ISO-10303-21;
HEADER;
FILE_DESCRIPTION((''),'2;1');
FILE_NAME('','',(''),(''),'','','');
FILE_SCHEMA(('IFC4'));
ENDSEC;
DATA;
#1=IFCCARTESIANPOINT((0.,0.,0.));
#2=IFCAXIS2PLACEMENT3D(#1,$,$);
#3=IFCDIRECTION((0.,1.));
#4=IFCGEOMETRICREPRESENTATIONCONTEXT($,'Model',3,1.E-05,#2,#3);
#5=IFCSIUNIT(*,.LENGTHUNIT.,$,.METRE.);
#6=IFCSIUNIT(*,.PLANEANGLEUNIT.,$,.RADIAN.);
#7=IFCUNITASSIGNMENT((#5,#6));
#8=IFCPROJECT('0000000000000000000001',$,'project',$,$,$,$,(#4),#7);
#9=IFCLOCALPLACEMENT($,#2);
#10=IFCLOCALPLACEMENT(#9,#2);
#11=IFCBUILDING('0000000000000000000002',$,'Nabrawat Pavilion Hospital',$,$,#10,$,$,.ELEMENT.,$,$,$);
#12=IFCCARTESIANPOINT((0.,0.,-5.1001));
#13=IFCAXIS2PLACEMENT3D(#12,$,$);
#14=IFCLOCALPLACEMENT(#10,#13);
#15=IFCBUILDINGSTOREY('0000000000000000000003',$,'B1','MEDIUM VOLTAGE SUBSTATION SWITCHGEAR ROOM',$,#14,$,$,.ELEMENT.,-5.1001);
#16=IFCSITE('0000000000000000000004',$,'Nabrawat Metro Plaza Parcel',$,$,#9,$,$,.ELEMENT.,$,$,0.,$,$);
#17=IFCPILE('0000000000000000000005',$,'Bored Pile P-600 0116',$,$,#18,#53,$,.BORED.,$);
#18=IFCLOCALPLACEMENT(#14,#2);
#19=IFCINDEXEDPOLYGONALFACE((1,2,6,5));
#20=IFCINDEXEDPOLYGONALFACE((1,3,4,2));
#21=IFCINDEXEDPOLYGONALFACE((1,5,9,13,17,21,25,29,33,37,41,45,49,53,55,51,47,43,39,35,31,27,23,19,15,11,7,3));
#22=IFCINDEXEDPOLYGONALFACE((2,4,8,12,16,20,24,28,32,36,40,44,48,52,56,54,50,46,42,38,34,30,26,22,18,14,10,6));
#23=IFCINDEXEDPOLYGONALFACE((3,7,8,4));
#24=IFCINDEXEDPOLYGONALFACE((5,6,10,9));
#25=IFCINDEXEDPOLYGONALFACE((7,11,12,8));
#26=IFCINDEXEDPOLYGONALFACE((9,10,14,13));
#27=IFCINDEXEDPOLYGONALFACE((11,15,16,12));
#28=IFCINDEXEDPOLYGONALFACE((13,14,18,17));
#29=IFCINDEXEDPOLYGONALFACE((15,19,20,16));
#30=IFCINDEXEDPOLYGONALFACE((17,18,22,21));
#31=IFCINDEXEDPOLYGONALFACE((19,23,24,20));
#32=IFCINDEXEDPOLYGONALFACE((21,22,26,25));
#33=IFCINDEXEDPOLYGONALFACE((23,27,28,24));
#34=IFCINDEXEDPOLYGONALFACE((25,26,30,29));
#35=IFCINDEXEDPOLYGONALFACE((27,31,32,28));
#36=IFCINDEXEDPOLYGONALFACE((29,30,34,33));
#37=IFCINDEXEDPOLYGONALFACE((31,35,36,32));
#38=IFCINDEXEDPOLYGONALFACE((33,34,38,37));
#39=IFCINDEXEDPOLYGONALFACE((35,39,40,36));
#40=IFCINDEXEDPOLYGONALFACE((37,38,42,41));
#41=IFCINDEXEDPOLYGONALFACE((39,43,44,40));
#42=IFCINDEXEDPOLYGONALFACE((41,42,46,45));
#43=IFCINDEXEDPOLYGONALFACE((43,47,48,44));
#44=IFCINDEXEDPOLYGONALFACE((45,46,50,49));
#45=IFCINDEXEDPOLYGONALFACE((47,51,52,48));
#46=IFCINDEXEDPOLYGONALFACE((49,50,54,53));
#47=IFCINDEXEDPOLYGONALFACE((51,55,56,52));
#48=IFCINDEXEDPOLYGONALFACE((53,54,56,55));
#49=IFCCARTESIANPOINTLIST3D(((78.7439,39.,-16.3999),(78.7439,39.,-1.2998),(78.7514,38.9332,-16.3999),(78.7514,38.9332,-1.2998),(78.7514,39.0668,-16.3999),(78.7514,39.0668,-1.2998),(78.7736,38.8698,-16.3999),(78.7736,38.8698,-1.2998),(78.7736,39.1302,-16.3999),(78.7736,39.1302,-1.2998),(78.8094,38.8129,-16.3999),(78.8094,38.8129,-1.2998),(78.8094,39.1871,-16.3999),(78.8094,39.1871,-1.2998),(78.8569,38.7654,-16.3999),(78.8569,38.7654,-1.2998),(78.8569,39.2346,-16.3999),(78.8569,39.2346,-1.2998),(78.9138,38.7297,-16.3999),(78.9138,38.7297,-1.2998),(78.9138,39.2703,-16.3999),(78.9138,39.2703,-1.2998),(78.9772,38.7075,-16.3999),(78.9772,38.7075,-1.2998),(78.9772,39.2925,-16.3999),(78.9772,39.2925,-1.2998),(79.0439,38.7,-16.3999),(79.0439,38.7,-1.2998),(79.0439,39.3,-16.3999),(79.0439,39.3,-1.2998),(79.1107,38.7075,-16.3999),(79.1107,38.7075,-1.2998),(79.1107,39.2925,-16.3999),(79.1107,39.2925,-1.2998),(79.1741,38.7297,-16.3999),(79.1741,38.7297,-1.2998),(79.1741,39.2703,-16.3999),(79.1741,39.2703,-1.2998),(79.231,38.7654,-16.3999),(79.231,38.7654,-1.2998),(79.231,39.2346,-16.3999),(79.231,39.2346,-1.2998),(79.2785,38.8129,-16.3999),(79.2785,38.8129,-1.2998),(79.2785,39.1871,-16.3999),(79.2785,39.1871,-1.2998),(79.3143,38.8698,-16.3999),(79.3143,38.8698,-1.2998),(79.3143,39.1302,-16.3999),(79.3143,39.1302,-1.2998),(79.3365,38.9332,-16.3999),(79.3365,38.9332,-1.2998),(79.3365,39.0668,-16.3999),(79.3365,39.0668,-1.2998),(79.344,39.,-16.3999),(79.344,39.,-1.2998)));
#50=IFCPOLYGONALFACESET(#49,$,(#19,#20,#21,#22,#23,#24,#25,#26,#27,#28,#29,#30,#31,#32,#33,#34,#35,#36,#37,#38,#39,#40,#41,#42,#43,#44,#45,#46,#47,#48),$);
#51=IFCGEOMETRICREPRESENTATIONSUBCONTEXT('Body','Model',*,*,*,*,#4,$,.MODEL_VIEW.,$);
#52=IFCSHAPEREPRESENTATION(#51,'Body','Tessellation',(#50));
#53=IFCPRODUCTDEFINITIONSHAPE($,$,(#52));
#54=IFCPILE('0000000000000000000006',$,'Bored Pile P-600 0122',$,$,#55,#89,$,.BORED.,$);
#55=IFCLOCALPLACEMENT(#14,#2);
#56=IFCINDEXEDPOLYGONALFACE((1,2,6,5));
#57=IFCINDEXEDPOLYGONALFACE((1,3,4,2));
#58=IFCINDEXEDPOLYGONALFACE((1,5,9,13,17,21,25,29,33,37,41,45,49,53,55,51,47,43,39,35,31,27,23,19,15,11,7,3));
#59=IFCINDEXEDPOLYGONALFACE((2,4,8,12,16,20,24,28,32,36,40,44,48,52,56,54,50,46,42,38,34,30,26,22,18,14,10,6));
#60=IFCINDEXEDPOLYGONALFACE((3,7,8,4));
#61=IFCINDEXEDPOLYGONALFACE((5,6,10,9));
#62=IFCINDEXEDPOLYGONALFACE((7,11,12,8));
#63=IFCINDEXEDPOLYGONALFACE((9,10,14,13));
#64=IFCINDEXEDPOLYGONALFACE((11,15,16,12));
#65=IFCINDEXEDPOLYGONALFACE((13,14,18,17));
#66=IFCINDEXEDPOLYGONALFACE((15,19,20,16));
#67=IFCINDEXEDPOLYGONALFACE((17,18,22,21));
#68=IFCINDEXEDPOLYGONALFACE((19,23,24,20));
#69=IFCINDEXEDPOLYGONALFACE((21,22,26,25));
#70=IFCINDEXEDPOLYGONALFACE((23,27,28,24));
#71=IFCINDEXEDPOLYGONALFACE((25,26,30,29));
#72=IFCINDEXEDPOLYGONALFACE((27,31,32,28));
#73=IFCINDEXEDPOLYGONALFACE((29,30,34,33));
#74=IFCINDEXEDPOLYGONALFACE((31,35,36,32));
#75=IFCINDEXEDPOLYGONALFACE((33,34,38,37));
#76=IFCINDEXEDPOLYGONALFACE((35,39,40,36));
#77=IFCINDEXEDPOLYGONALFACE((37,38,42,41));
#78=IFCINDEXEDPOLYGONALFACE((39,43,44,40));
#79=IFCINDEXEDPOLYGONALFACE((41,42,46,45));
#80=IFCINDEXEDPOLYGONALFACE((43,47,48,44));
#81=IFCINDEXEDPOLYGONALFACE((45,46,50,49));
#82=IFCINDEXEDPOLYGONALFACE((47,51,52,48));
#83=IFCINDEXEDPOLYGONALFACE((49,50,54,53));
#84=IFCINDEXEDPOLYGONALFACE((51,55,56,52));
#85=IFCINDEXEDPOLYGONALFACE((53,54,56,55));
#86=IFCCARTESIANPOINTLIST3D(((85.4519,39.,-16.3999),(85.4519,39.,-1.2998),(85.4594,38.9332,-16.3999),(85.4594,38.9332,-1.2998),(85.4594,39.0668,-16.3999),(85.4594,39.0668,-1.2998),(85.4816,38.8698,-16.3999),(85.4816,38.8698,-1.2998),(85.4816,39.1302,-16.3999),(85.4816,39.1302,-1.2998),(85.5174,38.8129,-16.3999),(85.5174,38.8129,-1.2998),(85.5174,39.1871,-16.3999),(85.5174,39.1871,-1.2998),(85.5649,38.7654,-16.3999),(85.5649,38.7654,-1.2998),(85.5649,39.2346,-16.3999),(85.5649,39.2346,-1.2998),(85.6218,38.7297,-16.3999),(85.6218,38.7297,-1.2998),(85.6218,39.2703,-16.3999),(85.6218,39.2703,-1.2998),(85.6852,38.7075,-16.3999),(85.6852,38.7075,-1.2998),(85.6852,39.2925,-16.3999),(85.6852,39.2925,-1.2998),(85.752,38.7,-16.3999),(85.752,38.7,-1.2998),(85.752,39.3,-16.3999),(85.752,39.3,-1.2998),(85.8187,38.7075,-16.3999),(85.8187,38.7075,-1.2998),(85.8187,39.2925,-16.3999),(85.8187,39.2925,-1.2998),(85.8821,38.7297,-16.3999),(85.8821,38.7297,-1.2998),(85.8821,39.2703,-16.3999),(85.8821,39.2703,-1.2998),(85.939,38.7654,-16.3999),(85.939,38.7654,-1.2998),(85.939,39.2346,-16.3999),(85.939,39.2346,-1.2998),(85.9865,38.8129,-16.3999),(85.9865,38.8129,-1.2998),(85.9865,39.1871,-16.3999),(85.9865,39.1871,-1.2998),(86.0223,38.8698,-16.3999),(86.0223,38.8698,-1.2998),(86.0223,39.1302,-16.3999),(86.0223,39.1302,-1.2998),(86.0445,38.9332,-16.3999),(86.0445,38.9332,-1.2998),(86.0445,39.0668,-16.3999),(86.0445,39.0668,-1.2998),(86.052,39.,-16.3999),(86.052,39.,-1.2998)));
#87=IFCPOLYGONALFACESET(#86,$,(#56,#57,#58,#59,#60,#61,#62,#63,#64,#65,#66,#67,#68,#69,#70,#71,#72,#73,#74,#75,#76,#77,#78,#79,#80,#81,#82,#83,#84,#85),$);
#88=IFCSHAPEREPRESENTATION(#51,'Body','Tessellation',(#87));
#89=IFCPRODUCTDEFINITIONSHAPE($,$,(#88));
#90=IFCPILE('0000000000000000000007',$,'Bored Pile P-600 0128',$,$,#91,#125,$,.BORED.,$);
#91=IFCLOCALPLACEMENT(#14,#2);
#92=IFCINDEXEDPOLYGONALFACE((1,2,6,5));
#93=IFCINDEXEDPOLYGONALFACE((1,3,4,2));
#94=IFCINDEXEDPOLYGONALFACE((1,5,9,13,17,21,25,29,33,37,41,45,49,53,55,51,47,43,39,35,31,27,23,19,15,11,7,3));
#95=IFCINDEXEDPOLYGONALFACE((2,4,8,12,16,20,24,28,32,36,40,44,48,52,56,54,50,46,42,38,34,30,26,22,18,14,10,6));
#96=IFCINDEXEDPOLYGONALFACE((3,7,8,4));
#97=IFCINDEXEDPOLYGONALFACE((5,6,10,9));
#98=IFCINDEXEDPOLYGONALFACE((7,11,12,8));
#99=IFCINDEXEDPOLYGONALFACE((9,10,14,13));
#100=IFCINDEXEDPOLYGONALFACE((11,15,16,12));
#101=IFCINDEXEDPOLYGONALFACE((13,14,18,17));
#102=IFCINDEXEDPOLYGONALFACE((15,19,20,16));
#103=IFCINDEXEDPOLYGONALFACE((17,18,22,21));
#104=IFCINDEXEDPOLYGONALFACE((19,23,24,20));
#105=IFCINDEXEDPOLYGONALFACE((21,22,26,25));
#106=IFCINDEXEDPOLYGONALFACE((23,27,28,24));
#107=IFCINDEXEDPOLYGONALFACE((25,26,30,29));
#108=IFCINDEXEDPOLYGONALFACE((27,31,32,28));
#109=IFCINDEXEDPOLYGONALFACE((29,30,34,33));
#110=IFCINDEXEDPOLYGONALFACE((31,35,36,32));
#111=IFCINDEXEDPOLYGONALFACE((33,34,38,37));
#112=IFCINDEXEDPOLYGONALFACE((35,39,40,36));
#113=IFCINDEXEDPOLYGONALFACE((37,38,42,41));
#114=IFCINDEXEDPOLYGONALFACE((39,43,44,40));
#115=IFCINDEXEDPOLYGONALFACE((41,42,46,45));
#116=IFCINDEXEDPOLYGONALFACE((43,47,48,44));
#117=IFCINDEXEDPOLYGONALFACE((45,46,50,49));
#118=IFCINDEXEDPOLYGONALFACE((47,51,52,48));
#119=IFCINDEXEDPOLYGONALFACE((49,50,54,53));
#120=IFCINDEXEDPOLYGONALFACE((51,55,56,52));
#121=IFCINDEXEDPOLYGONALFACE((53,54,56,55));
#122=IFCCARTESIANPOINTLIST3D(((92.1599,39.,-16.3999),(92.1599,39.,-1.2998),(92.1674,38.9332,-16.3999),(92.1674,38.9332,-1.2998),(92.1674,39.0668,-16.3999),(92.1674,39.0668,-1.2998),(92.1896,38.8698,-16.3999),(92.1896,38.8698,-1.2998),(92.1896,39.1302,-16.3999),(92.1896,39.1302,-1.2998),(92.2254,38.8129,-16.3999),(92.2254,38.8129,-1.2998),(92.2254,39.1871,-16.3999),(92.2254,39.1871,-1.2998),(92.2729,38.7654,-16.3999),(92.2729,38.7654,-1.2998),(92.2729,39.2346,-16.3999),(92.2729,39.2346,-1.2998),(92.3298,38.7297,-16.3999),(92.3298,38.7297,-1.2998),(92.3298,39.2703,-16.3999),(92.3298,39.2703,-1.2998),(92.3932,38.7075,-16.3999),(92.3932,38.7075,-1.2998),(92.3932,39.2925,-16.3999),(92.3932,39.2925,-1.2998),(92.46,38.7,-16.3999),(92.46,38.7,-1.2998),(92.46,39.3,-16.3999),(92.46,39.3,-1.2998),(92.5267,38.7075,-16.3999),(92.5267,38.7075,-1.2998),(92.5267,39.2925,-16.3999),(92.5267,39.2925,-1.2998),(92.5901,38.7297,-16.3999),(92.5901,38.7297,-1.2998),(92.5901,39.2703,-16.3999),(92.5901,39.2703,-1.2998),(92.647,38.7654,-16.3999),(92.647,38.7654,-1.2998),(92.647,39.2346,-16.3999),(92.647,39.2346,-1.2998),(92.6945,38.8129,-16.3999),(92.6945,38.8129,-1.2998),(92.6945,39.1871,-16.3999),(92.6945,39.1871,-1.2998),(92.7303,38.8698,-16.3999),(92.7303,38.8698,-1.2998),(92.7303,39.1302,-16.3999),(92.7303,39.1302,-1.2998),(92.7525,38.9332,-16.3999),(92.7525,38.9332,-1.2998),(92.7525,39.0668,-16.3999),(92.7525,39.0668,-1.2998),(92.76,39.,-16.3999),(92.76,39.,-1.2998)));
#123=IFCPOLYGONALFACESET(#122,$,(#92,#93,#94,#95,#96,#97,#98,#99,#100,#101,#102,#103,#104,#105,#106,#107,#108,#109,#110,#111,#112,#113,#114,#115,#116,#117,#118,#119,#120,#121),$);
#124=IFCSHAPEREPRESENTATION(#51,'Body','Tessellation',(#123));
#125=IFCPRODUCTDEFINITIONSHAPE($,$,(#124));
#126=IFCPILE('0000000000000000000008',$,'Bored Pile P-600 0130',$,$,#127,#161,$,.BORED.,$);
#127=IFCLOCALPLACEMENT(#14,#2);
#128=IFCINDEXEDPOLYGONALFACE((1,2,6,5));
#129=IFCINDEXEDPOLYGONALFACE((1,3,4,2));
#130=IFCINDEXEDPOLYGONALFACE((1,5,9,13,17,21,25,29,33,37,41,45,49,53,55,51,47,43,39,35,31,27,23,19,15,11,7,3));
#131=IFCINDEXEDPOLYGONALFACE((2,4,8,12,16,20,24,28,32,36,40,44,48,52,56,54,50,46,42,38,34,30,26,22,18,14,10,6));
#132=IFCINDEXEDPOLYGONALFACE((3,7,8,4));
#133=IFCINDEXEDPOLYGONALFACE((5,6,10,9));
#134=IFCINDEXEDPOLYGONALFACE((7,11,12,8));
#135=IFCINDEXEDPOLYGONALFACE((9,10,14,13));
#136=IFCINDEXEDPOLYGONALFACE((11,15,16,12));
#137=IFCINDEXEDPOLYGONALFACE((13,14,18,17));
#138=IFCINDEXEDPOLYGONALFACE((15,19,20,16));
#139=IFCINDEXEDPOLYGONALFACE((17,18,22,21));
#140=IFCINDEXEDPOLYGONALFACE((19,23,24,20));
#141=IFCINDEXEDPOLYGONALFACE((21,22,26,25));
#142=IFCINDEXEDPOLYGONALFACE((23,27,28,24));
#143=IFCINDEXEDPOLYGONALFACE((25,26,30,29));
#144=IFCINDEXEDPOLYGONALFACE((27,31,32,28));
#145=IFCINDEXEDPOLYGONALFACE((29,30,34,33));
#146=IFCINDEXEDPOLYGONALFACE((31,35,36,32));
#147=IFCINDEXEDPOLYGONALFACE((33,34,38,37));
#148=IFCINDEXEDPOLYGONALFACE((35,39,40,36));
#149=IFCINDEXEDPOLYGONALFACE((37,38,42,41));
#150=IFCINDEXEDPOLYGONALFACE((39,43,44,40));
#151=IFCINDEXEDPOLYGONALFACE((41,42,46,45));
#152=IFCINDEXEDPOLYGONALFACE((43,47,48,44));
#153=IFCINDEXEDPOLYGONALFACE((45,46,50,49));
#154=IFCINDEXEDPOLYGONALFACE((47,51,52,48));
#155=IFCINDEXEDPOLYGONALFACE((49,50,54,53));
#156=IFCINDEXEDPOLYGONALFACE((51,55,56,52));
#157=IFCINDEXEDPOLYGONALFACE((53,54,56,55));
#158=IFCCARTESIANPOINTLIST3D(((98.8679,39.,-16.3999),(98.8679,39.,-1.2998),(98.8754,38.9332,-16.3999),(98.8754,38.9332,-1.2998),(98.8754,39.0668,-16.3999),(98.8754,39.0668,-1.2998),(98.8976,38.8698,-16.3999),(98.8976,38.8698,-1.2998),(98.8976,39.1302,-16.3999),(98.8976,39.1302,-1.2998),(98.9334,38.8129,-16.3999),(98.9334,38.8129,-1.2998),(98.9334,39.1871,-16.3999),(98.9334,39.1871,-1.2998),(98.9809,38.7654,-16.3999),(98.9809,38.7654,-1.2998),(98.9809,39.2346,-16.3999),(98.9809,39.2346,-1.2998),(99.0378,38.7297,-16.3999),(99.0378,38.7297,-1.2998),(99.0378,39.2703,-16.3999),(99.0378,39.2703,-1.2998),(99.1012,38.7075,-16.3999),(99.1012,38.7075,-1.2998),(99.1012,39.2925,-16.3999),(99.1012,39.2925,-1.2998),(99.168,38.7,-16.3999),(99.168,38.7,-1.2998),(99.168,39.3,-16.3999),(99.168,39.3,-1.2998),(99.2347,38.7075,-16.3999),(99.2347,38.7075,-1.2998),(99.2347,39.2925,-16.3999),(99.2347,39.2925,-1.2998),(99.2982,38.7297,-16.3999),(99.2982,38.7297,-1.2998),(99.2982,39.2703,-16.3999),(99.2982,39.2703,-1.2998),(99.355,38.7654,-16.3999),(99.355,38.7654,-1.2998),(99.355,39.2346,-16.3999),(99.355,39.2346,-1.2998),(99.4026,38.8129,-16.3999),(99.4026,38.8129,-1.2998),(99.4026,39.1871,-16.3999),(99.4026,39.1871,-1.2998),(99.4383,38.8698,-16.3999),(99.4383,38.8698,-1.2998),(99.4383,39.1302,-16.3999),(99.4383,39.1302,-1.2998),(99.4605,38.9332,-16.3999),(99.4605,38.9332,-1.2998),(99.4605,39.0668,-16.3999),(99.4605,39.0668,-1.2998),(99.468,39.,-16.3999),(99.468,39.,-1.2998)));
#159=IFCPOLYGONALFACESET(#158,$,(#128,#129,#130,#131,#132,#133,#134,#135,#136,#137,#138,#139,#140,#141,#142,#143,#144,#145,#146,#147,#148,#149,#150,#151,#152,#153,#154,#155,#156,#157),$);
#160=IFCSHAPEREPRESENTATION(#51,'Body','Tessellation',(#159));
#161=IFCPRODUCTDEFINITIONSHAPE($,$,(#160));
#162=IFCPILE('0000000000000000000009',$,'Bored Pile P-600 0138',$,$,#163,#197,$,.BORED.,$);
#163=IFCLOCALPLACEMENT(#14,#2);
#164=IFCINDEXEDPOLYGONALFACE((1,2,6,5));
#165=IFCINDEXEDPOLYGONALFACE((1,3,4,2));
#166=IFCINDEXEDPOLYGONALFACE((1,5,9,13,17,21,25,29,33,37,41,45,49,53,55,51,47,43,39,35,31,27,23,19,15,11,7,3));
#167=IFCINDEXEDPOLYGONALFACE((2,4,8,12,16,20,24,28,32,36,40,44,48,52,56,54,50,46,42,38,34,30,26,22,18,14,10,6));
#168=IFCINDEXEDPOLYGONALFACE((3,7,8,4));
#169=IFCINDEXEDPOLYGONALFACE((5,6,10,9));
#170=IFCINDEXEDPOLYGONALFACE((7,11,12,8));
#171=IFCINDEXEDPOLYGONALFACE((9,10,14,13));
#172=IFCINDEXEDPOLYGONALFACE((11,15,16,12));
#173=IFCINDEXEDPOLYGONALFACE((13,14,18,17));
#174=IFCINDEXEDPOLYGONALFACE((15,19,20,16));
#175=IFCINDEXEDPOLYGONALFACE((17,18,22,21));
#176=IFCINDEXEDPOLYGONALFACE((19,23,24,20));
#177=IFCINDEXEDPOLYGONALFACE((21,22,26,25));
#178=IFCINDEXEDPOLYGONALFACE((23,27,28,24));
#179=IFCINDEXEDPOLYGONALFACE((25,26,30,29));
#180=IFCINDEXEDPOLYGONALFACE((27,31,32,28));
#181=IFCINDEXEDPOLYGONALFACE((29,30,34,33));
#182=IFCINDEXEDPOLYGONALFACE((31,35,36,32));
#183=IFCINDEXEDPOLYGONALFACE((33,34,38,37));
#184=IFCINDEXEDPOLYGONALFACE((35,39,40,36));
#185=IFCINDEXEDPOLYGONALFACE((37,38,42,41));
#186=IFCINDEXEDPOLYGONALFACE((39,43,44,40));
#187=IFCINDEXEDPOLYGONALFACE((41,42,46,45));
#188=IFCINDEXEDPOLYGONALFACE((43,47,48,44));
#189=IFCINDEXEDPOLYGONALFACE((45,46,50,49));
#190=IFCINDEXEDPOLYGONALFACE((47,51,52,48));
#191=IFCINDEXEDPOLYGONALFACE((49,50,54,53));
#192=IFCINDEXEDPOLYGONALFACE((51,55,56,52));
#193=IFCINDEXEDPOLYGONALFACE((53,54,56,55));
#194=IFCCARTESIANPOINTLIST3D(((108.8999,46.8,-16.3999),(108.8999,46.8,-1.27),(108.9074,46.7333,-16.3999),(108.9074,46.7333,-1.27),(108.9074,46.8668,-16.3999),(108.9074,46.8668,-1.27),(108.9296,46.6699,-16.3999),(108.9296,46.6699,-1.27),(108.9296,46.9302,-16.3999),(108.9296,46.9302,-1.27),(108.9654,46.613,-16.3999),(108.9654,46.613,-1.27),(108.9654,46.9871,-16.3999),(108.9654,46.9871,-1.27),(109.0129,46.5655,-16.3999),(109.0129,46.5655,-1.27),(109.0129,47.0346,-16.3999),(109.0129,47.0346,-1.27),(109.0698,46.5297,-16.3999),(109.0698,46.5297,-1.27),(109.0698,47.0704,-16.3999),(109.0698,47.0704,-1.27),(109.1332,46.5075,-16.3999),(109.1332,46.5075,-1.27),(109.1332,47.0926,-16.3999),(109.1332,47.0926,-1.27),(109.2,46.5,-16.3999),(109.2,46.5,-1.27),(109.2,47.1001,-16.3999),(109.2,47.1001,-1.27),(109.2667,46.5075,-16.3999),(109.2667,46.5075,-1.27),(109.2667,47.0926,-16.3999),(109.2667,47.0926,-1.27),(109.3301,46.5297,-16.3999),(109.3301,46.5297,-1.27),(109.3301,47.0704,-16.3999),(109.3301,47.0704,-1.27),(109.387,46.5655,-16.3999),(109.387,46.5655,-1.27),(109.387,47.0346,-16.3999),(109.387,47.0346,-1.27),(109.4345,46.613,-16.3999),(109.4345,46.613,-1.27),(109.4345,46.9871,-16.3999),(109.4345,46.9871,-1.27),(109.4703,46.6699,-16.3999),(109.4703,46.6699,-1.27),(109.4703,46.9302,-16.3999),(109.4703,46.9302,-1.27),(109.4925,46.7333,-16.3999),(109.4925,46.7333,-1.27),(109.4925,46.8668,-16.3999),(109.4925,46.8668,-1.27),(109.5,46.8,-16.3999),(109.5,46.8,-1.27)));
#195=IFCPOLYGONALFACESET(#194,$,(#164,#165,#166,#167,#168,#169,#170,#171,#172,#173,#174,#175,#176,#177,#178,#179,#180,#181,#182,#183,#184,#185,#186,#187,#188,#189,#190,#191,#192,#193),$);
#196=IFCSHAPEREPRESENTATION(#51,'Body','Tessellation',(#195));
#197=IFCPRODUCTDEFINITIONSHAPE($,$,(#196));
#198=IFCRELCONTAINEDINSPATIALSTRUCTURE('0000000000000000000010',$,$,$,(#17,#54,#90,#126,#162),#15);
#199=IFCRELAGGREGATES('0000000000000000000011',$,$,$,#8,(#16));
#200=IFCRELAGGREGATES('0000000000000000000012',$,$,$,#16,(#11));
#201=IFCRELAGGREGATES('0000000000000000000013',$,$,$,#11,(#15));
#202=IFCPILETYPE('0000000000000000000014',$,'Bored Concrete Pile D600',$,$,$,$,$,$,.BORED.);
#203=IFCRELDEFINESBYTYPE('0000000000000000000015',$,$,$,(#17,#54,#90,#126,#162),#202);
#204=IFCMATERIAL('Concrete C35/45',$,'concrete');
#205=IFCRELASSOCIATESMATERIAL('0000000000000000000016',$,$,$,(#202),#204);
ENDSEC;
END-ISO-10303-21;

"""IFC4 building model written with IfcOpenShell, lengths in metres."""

from ifc_helpers import new_model, si_unit, direction, frame, origin, origin_2d, place, context, subcontext, project, spatial, circle, extrude, material, material_profile, profile_set, type_object, element, save


model = new_model("IFC4")

# Units and contexts
model_context = context("Model", 3, precision=1e-05, world=origin(), true_north=direction((0.0, 1.0)))
body_context = subcontext(model_context, "Body", "Model", "MODEL_VIEW")
ifc_project = project(units=[si_unit("LENGTHUNIT", "METRE"), si_unit("PLANEANGLEUNIT", "RADIAN")], contexts=[model_context])

# Site, building, storey
site_placement = place(None, origin())
site = spatial("IfcSite", under=ifc_project, at=site_placement, Name="Nabrawat Metro Plaza Parcel", CompositionType="ELEMENT", RefElevation=0.0)
building_placement = place(site_placement, origin())
building = spatial("IfcBuilding", under=site, at=building_placement, Name="Nabrawat Pavilion Hospital", CompositionType="ELEMENT")
storey_placement = place(building_placement, frame((0.0, 0.0, -5.1001)))
storey = spatial("IfcBuildingStorey", under=building, at=storey_placement, Name="B1", Description="MEDIUM VOLTAGE SUBSTATION SWITCHGEAR ROOM", CompositionType="ELEMENT", Elevation=-5.1001)

# Piles
ifc_material_1 = material(Name="Concrete C35/45", Category="concrete")
ifc_material_profile_1 = material_profile(ifc_material_1, circle(Radius=0.3, at=origin_2d()), Name="DIA 600")
ifc_profile_set_1 = profile_set([ifc_material_profile_1], Name="Concrete C35/45")
pile_type_1 = type_object("IfcPileType", Name="Bored Concrete Pile D600", PredefinedType="BORED", material=ifc_profile_set_1)
for number, where, z_axis, x_axis, name in (
    (1, (79.0439, 39.0, -1.2998), (0.0, 0.0, -1.0), (1.0, 0.0, 0.0), "Bored Pile P-600 0116"),
    (2, (85.752, 39.0, -1.2998), (0.0, 0.0, -1.0), (1.0, 0.0, 0.0), "Bored Pile P-600 0122"),
    (3, (92.46, 39.0, -1.2998), (0.0, 0.0, -1.0), (1.0, 0.0, 0.0), "Bored Pile P-600 0128"),
    (4, (99.168, 39.0, -1.2998), (0.0, 0.0, -1.0), (1.0, 0.0, 0.0), "Bored Pile P-600 0130"),
):
    element("IfcPile", number, at=place(storey_placement, frame(where, z_axis=z_axis, x_axis=x_axis)), inside=storey, type_object=pile_type_1, Name=name, PredefinedType="BORED", context=body_context, shape_type="SweptSolid", body=[
        extrude(circle(Radius=0.3, at=origin_2d()), origin(), (0.0, 0.0, 1.0), 15.1001),
    ])
pile_1_placement = place(storey_placement, frame((109.2, 46.8, -1.27), z_axis=(0.0, 0.0, -1.0), x_axis=(1.0, 0.0, 0.0)))
element("IfcPile", 5, at=pile_1_placement, inside=storey, type_object=pile_type_1, Name="Bored Pile P-600 0138", PredefinedType="BORED", context=body_context, shape_type="SweptSolid", body=[
    extrude(circle(Radius=0.3, at=origin_2d()), origin(), (0.0, 0.0, 1.0), 15.1299),
])

save(model, "model.ifc")
